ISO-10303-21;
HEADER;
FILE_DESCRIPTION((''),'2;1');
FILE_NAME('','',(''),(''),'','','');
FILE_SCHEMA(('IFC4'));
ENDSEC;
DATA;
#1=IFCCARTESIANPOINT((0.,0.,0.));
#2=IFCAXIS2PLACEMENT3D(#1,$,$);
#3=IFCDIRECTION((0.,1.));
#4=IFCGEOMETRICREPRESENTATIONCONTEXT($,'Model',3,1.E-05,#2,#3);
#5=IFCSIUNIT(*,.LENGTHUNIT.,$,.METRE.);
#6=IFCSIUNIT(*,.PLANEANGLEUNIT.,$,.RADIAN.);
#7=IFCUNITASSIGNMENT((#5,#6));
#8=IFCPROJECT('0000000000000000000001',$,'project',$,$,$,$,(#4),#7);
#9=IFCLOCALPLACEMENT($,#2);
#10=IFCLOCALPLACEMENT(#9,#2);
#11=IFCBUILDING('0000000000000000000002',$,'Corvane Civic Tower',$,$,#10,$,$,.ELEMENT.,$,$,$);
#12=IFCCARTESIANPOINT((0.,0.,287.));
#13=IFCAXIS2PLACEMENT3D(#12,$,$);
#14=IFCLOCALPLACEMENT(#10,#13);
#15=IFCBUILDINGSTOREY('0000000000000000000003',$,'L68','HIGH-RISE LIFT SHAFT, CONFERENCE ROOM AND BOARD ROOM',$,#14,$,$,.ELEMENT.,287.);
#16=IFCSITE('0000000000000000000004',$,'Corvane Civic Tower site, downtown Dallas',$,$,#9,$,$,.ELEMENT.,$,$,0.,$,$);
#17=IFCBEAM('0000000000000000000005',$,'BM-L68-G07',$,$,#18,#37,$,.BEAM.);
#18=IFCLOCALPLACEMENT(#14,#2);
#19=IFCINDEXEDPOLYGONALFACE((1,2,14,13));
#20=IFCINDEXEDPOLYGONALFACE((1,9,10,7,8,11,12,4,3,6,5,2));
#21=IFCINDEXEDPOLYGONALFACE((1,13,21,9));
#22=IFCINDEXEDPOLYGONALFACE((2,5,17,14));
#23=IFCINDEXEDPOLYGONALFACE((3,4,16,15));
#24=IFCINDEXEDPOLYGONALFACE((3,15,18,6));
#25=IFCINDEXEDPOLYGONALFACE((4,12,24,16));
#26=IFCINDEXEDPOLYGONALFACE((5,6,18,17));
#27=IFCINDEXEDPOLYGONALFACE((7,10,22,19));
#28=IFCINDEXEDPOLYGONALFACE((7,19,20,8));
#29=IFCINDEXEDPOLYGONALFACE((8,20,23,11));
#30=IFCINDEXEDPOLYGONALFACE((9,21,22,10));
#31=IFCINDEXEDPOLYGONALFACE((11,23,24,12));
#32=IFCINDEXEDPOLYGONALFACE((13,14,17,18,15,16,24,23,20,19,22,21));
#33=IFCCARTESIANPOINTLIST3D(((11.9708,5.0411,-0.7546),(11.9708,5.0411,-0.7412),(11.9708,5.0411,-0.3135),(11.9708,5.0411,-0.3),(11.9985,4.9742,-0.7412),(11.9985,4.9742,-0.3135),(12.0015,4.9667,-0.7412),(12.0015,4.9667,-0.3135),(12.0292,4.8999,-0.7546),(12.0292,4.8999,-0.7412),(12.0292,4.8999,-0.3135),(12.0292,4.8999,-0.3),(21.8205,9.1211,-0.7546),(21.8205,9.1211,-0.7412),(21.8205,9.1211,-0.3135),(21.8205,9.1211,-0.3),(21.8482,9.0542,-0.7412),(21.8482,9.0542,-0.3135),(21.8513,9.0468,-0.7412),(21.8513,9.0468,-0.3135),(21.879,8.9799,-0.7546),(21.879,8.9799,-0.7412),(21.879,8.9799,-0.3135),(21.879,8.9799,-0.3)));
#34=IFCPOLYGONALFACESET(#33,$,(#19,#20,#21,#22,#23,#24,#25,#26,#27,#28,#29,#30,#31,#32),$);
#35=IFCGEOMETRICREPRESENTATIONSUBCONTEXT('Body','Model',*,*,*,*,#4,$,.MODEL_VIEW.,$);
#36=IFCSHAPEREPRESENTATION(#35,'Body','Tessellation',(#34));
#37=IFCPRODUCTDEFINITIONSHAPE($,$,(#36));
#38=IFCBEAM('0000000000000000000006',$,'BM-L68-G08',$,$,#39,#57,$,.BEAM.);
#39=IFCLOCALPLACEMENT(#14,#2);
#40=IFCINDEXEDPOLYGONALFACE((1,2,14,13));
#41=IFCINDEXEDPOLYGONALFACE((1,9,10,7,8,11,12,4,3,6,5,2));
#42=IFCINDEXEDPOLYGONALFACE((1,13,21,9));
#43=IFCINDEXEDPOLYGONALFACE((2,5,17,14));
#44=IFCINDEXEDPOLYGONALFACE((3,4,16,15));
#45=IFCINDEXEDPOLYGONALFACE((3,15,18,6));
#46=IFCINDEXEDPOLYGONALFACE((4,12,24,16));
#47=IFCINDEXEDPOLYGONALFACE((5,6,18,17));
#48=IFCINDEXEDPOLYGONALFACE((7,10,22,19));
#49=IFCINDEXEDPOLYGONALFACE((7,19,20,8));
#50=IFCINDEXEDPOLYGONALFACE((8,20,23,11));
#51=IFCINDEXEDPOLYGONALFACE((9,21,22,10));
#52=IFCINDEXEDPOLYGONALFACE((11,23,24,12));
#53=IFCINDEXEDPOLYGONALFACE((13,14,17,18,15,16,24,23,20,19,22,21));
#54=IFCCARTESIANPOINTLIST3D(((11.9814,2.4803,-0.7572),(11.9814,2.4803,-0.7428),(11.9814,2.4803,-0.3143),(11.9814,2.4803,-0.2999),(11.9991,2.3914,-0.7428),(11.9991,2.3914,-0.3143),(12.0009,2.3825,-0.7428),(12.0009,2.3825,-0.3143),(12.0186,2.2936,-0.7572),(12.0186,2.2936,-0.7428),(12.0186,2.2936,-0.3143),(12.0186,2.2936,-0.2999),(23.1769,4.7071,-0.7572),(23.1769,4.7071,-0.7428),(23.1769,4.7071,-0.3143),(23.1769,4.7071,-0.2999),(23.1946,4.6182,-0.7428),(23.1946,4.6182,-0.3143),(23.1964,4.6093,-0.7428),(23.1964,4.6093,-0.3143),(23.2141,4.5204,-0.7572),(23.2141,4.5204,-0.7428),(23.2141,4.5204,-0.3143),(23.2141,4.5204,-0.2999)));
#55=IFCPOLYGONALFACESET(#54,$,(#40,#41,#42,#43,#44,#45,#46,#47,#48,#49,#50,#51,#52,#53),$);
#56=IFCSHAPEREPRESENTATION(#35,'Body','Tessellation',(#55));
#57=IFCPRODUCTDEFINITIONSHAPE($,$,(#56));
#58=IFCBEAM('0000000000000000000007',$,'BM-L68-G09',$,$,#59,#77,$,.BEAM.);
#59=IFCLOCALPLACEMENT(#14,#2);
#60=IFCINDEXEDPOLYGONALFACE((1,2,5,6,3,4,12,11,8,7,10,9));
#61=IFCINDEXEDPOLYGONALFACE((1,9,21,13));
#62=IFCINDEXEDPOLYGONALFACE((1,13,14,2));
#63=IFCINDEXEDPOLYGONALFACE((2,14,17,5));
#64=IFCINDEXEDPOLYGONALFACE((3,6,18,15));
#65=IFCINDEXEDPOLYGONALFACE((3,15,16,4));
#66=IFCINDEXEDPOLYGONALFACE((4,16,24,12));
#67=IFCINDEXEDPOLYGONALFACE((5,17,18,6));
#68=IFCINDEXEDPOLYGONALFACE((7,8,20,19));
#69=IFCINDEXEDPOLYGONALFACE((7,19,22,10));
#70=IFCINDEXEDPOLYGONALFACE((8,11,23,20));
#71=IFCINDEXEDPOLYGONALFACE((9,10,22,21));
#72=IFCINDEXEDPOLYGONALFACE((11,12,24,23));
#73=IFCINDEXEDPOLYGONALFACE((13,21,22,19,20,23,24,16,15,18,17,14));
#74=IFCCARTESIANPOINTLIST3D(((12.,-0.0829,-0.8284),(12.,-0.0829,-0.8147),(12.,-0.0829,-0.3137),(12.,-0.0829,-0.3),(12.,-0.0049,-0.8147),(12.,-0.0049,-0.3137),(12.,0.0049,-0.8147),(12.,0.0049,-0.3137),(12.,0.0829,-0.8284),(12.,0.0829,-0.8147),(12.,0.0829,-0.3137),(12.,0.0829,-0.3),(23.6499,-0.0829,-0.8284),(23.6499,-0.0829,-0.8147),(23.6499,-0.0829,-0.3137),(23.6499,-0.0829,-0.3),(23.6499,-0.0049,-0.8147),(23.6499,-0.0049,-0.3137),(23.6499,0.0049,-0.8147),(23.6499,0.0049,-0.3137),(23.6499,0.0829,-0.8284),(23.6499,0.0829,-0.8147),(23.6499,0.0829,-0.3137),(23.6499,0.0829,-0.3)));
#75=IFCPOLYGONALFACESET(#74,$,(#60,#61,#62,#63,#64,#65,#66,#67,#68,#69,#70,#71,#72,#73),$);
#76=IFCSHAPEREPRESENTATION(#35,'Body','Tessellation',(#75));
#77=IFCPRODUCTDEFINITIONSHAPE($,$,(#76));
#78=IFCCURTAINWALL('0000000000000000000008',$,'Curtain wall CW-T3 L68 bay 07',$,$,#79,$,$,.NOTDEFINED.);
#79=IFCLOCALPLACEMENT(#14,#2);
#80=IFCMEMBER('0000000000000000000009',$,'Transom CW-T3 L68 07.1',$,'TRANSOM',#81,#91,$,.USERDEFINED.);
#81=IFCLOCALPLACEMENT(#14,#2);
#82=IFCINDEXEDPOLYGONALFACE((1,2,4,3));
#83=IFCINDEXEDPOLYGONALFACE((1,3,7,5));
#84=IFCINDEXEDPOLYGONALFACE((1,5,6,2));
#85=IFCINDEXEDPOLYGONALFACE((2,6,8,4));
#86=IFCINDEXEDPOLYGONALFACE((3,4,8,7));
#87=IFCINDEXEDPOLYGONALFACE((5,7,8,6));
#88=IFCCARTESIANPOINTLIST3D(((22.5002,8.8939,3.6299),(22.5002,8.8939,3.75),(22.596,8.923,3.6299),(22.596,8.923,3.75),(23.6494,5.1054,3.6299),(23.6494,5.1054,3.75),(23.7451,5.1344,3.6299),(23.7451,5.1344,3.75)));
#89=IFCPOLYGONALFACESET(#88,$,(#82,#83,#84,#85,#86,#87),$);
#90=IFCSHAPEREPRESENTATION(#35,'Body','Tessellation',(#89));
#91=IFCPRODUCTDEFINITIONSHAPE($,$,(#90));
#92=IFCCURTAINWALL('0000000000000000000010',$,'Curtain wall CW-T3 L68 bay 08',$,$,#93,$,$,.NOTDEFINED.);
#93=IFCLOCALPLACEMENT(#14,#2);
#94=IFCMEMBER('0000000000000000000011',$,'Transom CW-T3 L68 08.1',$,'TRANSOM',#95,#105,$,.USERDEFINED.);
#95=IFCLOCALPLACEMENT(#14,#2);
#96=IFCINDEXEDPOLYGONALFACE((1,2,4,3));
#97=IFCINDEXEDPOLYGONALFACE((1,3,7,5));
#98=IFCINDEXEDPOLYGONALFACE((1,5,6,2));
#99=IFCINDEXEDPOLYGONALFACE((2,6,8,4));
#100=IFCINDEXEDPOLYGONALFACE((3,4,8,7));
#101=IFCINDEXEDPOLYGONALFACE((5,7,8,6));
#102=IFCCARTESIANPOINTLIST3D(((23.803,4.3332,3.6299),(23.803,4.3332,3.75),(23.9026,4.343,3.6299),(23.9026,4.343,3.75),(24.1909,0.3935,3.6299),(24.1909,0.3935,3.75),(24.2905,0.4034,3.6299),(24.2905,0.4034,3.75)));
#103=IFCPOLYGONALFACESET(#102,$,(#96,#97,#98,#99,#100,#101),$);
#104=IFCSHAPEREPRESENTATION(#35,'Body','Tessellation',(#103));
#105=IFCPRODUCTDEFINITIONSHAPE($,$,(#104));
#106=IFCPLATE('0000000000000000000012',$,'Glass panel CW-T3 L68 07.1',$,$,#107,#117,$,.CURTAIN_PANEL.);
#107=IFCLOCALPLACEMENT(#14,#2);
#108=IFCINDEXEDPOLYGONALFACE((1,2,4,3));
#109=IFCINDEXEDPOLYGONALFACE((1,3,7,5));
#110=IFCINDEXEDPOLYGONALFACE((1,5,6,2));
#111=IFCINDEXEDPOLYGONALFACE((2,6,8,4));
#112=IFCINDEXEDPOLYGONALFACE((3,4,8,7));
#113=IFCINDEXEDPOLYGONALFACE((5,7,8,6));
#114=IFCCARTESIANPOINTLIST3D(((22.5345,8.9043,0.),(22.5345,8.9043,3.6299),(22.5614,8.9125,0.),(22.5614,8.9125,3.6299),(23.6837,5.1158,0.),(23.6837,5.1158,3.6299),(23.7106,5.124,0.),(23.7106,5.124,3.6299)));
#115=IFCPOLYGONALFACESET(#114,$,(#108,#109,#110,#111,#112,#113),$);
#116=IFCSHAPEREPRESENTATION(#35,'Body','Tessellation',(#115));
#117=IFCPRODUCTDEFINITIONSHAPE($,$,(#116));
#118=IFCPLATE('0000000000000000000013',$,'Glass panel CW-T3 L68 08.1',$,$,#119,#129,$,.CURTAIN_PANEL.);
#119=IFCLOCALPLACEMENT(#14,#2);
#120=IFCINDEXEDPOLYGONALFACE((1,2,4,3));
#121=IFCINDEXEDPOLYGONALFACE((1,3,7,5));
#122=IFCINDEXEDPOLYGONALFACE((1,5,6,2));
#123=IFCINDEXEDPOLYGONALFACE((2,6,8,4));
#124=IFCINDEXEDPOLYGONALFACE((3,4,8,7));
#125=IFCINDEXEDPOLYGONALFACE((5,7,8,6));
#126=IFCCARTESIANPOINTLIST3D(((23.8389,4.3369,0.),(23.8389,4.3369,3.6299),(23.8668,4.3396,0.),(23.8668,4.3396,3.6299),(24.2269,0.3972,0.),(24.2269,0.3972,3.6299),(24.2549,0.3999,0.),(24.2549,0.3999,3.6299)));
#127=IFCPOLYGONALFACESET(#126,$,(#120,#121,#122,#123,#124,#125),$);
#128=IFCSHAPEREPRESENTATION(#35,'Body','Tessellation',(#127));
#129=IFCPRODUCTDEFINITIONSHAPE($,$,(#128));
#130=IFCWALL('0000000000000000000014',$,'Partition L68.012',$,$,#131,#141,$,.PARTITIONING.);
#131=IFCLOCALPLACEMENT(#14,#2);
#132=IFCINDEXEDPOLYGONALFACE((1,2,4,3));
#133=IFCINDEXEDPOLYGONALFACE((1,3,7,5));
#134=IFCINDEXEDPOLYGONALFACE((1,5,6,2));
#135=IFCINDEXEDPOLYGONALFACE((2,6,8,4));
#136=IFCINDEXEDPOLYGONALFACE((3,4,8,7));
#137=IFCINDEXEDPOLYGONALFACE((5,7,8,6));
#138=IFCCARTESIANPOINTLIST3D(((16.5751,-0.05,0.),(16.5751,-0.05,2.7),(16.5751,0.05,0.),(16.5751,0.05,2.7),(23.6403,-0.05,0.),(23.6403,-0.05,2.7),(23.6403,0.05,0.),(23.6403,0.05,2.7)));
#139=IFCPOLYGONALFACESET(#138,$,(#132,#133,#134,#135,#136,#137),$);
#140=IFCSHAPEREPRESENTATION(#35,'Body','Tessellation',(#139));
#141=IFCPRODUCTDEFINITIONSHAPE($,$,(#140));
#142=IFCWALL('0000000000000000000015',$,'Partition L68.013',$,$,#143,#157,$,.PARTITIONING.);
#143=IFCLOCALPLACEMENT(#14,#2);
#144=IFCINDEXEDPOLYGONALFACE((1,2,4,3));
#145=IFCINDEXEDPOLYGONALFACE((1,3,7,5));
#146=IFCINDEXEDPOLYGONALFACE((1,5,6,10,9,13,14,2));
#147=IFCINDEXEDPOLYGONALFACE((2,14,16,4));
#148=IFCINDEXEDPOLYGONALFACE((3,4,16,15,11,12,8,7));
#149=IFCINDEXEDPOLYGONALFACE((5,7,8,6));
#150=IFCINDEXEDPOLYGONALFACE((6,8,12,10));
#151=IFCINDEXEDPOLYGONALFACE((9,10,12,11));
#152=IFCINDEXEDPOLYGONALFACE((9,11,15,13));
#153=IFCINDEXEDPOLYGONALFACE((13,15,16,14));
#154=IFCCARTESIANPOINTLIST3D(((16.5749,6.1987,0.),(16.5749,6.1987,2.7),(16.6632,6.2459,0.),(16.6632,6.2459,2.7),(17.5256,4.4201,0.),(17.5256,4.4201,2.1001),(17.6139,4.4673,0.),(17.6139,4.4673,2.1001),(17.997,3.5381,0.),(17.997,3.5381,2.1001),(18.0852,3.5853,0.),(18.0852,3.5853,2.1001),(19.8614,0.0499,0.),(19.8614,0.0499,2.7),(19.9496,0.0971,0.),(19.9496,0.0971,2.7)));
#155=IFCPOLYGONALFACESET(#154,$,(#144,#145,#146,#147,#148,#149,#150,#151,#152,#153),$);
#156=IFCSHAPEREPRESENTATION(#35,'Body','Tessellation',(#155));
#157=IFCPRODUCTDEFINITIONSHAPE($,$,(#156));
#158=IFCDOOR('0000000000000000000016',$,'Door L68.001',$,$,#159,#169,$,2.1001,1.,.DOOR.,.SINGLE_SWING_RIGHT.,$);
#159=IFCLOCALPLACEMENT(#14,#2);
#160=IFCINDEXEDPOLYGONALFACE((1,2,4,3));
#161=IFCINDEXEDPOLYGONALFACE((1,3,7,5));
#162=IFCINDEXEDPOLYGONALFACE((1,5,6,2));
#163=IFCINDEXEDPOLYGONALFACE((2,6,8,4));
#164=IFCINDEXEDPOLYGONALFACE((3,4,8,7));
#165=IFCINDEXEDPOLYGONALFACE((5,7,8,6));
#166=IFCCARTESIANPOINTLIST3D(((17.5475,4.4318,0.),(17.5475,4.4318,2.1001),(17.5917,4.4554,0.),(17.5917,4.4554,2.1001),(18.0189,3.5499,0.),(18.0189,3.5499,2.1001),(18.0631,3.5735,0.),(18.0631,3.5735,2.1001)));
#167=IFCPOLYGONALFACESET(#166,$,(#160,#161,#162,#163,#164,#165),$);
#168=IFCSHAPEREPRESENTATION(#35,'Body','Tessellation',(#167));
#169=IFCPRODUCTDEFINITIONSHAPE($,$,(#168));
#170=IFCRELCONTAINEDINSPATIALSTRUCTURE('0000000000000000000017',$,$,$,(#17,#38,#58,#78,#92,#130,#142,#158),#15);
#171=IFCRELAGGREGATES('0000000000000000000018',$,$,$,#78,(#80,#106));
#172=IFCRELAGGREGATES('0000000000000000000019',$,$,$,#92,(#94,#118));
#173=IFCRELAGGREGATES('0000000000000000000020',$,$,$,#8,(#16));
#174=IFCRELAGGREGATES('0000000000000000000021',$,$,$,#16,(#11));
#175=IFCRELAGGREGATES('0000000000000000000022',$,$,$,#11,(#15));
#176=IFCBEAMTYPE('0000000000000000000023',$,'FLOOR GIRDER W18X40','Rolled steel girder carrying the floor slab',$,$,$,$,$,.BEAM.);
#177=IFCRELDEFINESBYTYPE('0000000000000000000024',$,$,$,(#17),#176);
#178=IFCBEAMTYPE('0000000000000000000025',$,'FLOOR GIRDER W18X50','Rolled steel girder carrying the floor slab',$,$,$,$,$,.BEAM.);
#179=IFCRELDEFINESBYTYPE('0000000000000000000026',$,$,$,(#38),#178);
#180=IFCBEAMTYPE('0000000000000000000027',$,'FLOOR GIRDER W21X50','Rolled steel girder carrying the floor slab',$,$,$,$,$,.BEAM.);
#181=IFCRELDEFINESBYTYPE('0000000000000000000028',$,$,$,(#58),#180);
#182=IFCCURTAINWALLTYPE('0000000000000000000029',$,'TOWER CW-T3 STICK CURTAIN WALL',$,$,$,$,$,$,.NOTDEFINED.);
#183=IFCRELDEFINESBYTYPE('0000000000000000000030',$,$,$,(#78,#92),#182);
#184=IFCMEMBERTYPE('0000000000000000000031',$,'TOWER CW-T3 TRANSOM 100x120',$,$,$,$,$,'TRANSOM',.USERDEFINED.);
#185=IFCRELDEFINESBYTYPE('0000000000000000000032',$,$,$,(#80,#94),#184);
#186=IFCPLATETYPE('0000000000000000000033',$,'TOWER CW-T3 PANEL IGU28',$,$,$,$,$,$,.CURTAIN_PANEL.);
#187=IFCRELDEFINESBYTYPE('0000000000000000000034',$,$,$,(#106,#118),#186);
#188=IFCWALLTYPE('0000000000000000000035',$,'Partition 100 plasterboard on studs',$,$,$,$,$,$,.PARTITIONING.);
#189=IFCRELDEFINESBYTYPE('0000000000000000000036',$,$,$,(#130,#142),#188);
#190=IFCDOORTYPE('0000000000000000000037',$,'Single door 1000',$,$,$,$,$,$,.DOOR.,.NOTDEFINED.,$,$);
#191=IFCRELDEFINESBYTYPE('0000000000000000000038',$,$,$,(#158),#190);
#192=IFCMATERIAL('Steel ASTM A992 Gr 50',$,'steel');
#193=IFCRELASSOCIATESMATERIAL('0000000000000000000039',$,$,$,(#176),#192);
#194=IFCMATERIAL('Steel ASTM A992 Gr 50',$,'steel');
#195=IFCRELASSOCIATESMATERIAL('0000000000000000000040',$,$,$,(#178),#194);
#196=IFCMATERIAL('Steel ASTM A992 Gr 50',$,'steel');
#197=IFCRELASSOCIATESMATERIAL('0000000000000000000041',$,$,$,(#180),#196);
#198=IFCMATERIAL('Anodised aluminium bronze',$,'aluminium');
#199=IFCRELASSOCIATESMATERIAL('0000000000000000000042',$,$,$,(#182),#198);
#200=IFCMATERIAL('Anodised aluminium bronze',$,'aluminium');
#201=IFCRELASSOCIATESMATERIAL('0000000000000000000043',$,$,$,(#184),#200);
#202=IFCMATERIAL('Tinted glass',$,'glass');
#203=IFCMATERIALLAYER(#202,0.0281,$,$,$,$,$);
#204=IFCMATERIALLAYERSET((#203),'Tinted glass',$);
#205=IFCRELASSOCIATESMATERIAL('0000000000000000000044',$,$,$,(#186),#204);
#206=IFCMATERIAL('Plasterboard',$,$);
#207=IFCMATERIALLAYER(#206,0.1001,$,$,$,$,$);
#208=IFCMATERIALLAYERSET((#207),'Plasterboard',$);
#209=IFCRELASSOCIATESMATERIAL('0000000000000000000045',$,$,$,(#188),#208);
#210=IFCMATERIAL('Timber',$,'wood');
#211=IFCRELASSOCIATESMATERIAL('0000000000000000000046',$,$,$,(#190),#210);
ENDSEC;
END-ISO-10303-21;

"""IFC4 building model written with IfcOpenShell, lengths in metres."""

from ifc_helpers import new_model, si_unit, direction, frame, frame_2d, origin, origin_2d, place, context, subcontext, project, spatial, rectangle, i_section, extrude, material, layer, layer_set, material_profile, profile_set, type_object, element, fill, aggregate, save


model = new_model("IFC4")

# Units and contexts
model_context = context("Model", 3, precision=1e-05, world=origin(), true_north=direction((0.0, 1.0)))
body_context = subcontext(model_context, "Body", "Model", "MODEL_VIEW")
ifc_project = project(units=[si_unit("LENGTHUNIT", "METRE"), si_unit("PLANEANGLEUNIT", "RADIAN")], contexts=[model_context])

# Site, building, storey
site_placement = place(None, origin())
site = spatial("IfcSite", under=ifc_project, at=site_placement, Name="Corvane Civic Tower site, downtown Dallas", CompositionType="ELEMENT", RefElevation=0.0)
building_placement = place(site_placement, origin())
building = spatial("IfcBuilding", under=site, at=building_placement, Name="Corvane Civic Tower", CompositionType="ELEMENT")
storey_placement = place(building_placement, frame((0.0, 0.0, 287.0)))
storey = spatial("IfcBuildingStorey", under=building, at=storey_placement, Name="L68", Description="HIGH-RISE LIFT SHAFT, CONFERENCE ROOM AND BOARD ROOM", CompositionType="ELEMENT", Elevation=287.0)

# Beams
ifc_material_1 = material(Name="Steel ASTM A992 Gr 50", Category="steel")
ifc_material_profile_1 = material_profile(ifc_material_1, i_section(OverallWidth=0.1528, OverallDepth=0.4546, WebThickness=0.0081, FlangeThickness=0.0134, at=origin_2d()), Name="W18X40")
ifc_profile_set_1 = profile_set([ifc_material_profile_1], Name="Steel ASTM A992 Gr 50")
beam_type_1 = type_object("IfcBeamType", Name="FLOOR GIRDER W18X40", Description="Rolled steel girder carrying the floor slab", PredefinedType="BEAM", material=ifc_profile_set_1)
beam_1_placement = place(storey_placement, frame((12.0, 4.9705, -0.5273), z_axis=(0.923875, 0.382694, 0.0), x_axis=(-0.382694, 0.923875, 0.0)))
element("IfcBeam", 1, at=beam_1_placement, inside=storey, type_object=beam_type_1, Name="BM-L68-G07", PredefinedType="BEAM", context=body_context, shape_type="SweptSolid", body=[
    extrude(i_section(OverallWidth=0.1528, OverallDepth=0.4546, WebThickness=0.0081, FlangeThickness=0.0134, at=origin_2d()), origin(), (0.0, 0.0, 1.0), 10.6614),
])
ifc_material_2 = material(Name="Steel ASTM A992 Gr 50", Category="steel")
ifc_material_profile_2 = material_profile(ifc_material_2, i_section(OverallWidth=0.1904, OverallDepth=0.4573, WebThickness=0.009, FlangeThickness=0.0144, at=origin_2d()), Name="W18X50")
ifc_profile_set_2 = profile_set([ifc_material_profile_2], Name="Steel ASTM A992 Gr 50")
beam_type_2 = type_object("IfcBeamType", Name="FLOOR GIRDER W18X50", Description="Rolled steel girder carrying the floor slab", PredefinedType="BEAM", material=ifc_profile_set_2)
beam_2_placement = place(storey_placement, frame((12.0, 2.387, -0.5286), z_axis=(0.980787, 0.19508, 0.0), x_axis=(-0.19508, 0.980787, 0.0)))
element("IfcBeam", 2, at=beam_2_placement, inside=storey, type_object=beam_type_2, Name="BM-L68-G08", PredefinedType="BEAM", context=body_context, shape_type="SweptSolid", body=[
    extrude(i_section(OverallWidth=0.1904, OverallDepth=0.4573, WebThickness=0.009, FlangeThickness=0.0144, at=origin_2d()), origin(), (0.0, 0.0, 1.0), 11.4148),
])
ifc_material_3 = material(Name="Steel ASTM A992 Gr 50", Category="steel")
ifc_material_profile_3 = material_profile(ifc_material_3, i_section(OverallWidth=0.1658, OverallDepth=0.5283, WebThickness=0.0098, FlangeThickness=0.0137, at=origin_2d()), Name="W21X50")
ifc_profile_set_3 = profile_set([ifc_material_profile_3], Name="Steel ASTM A992 Gr 50")
beam_type_3 = type_object("IfcBeamType", Name="FLOOR GIRDER W21X50", Description="Rolled steel girder carrying the floor slab", PredefinedType="BEAM", material=ifc_profile_set_3)
beam_3_placement = place(storey_placement, frame((12.0, 0.0, -0.5642), z_axis=(1.0, 0.0, 0.0), x_axis=(0.0, 1.0, 0.0)))
element("IfcBeam", 3, at=beam_3_placement, inside=storey, type_object=beam_type_3, Name="BM-L68-G09", PredefinedType="BEAM", context=body_context, shape_type="SweptSolid", body=[
    extrude(i_section(OverallWidth=0.1658, OverallDepth=0.5283, WebThickness=0.0098, FlangeThickness=0.0137, at=origin_2d()), origin(), (0.0, 0.0, 1.0), 11.6499),
])

# Curtain walls, members
ifc_material_4 = material(Name="Anodised aluminium bronze", Category="aluminium")
curtain_wall_type = type_object("IfcCurtainWallType", Name="TOWER CW-T3 STICK CURTAIN WALL", PredefinedType="NOTDEFINED", material=ifc_material_4)
curtain_wall_1_placement = place(storey_placement, origin())
curtain_wall_1 = element("IfcCurtainWall", 4, at=curtain_wall_1_placement, inside=storey, type_object=curtain_wall_type, Name="Curtain wall CW-T3 L68 bay 07", PredefinedType="NOTDEFINED")
ifc_material_5 = material(Name="Anodised aluminium bronze", Category="aluminium")
ifc_material_profile_4 = material_profile(ifc_material_5, rectangle(XDim=0.1001, YDim=0.1201, at=origin_2d()), Name="TOWER CW-T3 TRANSOM 100x120")
ifc_profile_set_4 = profile_set([ifc_material_profile_4], Name="Anodised aluminium bronze")
member_type = type_object("IfcMemberType", Name="TOWER CW-T3 TRANSOM 100x120", ElementType="TRANSOM", PredefinedType="USERDEFINED", material=ifc_profile_set_4)
member_1_placement = place(storey_placement, frame((22.5481, 8.9084, 3.6899), z_axis=(0.290266, -0.956946, 0.0), x_axis=(0.956946, 0.290266, 0.0)))
member_1 = element("IfcMember", 5, at=member_1_placement, type_object=member_type, Name="Transom CW-T3 L68 07.1", ObjectType="TRANSOM", PredefinedType="USERDEFINED", context=body_context, shape_type="SweptSolid", body=[
    extrude(rectangle(XDim=0.1001, YDim=0.1201, at=origin_2d()), origin(), (0.0, 0.0, 1.0), 3.959),
])
curtain_wall_2_placement = place(storey_placement, origin())
curtain_wall_2 = element("IfcCurtainWall", 6, at=curtain_wall_2_placement, inside=storey, type_object=curtain_wall_type, Name="Curtain wall CW-T3 L68 bay 08", PredefinedType="NOTDEFINED")
member_2_placement = place(storey_placement, frame((23.8528, 4.3381, 3.6899), z_axis=(0.097995, -0.995187, 0.0), x_axis=(0.995187, 0.097995, 0.0)))
member_2 = element("IfcMember", 7, at=member_2_placement, type_object=member_type, Name="Transom CW-T3 L68 08.1", ObjectType="TRANSOM", PredefinedType="USERDEFINED", context=body_context, shape_type="SweptSolid", body=[
    extrude(rectangle(XDim=0.1001, YDim=0.1201, at=origin_2d()), origin(), (0.0, 0.0, 1.0), 3.9587),
])

# Plates
ifc_material_6 = material(Name="Tinted glass", Category="glass")
ifc_layer_1 = layer(ifc_material_6, 0.0281)
ifc_layer_set_1 = layer_set([ifc_layer_1], Name="Tinted glass")
plate_type = type_object("IfcPlateType", Name="TOWER CW-T3 PANEL IGU28", PredefinedType="CURTAIN_PANEL", material=ifc_layer_set_1)
plate_1_placement = place(storey_placement, frame((23.1226, 7.0142, 0.0), z_axis=(0.0, 0.0, 1.0), x_axis=(0.290274, -0.956944, 0.0)))
plate_1 = element("IfcPlate", 8, at=plate_1_placement, type_object=plate_type, Name="Glass panel CW-T3 L68 07.1", PredefinedType="CURTAIN_PANEL", context=body_context, shape_type="SweptSolid", body=[
    extrude(rectangle(XDim=3.959, YDim=0.0281, at=origin_2d()), origin(), (0.0, 0.0, 1.0), 3.6299),
])
aggregate(curtain_wall_1, [member_1, plate_1])
plate_2_placement = place(storey_placement, frame((24.0469, 2.3684, 0.0), z_axis=(0.0, 0.0, 1.0), x_axis=(0.098021, -0.995184, 0.0)))
plate_2 = element("IfcPlate", 9, at=plate_2_placement, type_object=plate_type, Name="Glass panel CW-T3 L68 08.1", PredefinedType="CURTAIN_PANEL", context=body_context, shape_type="SweptSolid", body=[
    extrude(rectangle(XDim=3.9587, YDim=0.0281, at=origin_2d()), origin(), (0.0, 0.0, 1.0), 3.6299),
])
aggregate(curtain_wall_2, [member_2, plate_2])

# Wall
ifc_material_7 = material(Name="Plasterboard")
ifc_layer_2 = layer(ifc_material_7, 0.1001)
ifc_layer_set_2 = layer_set([ifc_layer_2], Name="Plasterboard")
wall_type_1 = type_object("IfcWallType", Name="Partition 100 plasterboard on studs", PredefinedType="PARTITIONING", material=ifc_layer_set_2)
wall_1_placement = place(storey_placement, frame((16.575, 0.0, 0.0), z_axis=(0.0, 0.0, 1.0), x_axis=(1.0, 0.0, 0.0)))
element("IfcWall", 10, at=wall_1_placement, inside=storey, type_object=wall_type_1, Name="Partition L68.012", PredefinedType="PARTITIONING", context=body_context, shape_type="SweptSolid", body=[
    extrude(rectangle(XDim=7.0652, YDim=0.1001, at=frame_2d((3.5327, 0.0))), origin(), (0.0, 0.0, 1.0), 2.7),
])

# Wall, opening, door
wall_2_placement = place(storey_placement, frame((16.6191, 6.2222, 0.0), z_axis=(0.0, 0.0, 1.0), x_axis=(0.471379, -0.881931, 0.0)))
wall_2 = element("IfcWall", 11, at=wall_2_placement, inside=storey, type_object=wall_type_1, Name="Partition L68.013", PredefinedType="PARTITIONING", context=body_context, shape_type="SweptSolid", body=[
    extrude(rectangle(XDim=6.9719, YDim=0.1001, at=frame_2d((3.4858, 0.0))), origin(), (0.0, 0.0, 1.0), 2.7),
])
opening_1_placement = place(wall_2_placement, frame((2.0166, 0.0, 0.0)))
opening_1 = element("IfcOpeningElement", 12, at=opening_1_placement, cuts=wall_2, PredefinedType="OPENING", context=body_context, shape_type="SweptSolid", body=[
    extrude(rectangle(XDim=1.0, YDim=2.1001, at=frame_2d((0.5, 1.05))), frame((0.0, 0.0601, 0.0), z_axis=(0.0, -1.0, 0.0), x_axis=(1.0, 0.0, 0.0)), (0.0, 0.0, 1.0), 0.1201),
])
ifc_material_8 = material(Name="Timber", Category="wood")
door_type_1 = type_object("IfcDoorType", Name="Single door 1000", OperationType="NOTDEFINED", PredefinedType="DOOR", material=ifc_material_8)
door_1_placement = place(opening_1_placement, origin())
door_1 = element("IfcDoor", 13, at=door_1_placement, inside=storey, type_object=door_type_1, Name="Door L68.001", OperationType="SINGLE_SWING_RIGHT", OverallHeight=2.1001, OverallWidth=1.0, PredefinedType="DOOR", context=body_context, shape_type="SweptSolid", body=[
    extrude(rectangle(XDim=1.0, YDim=2.1001, at=frame_2d((0.5, 1.05))), frame((0.0, 0.0249, 0.0), z_axis=(0.0, -1.0, 0.0), x_axis=(1.0, 0.0, 0.0)), (0.0, 0.0, 1.0), 0.05),
])
fill(opening_1, door_1)

save(model, "model.ifc")
